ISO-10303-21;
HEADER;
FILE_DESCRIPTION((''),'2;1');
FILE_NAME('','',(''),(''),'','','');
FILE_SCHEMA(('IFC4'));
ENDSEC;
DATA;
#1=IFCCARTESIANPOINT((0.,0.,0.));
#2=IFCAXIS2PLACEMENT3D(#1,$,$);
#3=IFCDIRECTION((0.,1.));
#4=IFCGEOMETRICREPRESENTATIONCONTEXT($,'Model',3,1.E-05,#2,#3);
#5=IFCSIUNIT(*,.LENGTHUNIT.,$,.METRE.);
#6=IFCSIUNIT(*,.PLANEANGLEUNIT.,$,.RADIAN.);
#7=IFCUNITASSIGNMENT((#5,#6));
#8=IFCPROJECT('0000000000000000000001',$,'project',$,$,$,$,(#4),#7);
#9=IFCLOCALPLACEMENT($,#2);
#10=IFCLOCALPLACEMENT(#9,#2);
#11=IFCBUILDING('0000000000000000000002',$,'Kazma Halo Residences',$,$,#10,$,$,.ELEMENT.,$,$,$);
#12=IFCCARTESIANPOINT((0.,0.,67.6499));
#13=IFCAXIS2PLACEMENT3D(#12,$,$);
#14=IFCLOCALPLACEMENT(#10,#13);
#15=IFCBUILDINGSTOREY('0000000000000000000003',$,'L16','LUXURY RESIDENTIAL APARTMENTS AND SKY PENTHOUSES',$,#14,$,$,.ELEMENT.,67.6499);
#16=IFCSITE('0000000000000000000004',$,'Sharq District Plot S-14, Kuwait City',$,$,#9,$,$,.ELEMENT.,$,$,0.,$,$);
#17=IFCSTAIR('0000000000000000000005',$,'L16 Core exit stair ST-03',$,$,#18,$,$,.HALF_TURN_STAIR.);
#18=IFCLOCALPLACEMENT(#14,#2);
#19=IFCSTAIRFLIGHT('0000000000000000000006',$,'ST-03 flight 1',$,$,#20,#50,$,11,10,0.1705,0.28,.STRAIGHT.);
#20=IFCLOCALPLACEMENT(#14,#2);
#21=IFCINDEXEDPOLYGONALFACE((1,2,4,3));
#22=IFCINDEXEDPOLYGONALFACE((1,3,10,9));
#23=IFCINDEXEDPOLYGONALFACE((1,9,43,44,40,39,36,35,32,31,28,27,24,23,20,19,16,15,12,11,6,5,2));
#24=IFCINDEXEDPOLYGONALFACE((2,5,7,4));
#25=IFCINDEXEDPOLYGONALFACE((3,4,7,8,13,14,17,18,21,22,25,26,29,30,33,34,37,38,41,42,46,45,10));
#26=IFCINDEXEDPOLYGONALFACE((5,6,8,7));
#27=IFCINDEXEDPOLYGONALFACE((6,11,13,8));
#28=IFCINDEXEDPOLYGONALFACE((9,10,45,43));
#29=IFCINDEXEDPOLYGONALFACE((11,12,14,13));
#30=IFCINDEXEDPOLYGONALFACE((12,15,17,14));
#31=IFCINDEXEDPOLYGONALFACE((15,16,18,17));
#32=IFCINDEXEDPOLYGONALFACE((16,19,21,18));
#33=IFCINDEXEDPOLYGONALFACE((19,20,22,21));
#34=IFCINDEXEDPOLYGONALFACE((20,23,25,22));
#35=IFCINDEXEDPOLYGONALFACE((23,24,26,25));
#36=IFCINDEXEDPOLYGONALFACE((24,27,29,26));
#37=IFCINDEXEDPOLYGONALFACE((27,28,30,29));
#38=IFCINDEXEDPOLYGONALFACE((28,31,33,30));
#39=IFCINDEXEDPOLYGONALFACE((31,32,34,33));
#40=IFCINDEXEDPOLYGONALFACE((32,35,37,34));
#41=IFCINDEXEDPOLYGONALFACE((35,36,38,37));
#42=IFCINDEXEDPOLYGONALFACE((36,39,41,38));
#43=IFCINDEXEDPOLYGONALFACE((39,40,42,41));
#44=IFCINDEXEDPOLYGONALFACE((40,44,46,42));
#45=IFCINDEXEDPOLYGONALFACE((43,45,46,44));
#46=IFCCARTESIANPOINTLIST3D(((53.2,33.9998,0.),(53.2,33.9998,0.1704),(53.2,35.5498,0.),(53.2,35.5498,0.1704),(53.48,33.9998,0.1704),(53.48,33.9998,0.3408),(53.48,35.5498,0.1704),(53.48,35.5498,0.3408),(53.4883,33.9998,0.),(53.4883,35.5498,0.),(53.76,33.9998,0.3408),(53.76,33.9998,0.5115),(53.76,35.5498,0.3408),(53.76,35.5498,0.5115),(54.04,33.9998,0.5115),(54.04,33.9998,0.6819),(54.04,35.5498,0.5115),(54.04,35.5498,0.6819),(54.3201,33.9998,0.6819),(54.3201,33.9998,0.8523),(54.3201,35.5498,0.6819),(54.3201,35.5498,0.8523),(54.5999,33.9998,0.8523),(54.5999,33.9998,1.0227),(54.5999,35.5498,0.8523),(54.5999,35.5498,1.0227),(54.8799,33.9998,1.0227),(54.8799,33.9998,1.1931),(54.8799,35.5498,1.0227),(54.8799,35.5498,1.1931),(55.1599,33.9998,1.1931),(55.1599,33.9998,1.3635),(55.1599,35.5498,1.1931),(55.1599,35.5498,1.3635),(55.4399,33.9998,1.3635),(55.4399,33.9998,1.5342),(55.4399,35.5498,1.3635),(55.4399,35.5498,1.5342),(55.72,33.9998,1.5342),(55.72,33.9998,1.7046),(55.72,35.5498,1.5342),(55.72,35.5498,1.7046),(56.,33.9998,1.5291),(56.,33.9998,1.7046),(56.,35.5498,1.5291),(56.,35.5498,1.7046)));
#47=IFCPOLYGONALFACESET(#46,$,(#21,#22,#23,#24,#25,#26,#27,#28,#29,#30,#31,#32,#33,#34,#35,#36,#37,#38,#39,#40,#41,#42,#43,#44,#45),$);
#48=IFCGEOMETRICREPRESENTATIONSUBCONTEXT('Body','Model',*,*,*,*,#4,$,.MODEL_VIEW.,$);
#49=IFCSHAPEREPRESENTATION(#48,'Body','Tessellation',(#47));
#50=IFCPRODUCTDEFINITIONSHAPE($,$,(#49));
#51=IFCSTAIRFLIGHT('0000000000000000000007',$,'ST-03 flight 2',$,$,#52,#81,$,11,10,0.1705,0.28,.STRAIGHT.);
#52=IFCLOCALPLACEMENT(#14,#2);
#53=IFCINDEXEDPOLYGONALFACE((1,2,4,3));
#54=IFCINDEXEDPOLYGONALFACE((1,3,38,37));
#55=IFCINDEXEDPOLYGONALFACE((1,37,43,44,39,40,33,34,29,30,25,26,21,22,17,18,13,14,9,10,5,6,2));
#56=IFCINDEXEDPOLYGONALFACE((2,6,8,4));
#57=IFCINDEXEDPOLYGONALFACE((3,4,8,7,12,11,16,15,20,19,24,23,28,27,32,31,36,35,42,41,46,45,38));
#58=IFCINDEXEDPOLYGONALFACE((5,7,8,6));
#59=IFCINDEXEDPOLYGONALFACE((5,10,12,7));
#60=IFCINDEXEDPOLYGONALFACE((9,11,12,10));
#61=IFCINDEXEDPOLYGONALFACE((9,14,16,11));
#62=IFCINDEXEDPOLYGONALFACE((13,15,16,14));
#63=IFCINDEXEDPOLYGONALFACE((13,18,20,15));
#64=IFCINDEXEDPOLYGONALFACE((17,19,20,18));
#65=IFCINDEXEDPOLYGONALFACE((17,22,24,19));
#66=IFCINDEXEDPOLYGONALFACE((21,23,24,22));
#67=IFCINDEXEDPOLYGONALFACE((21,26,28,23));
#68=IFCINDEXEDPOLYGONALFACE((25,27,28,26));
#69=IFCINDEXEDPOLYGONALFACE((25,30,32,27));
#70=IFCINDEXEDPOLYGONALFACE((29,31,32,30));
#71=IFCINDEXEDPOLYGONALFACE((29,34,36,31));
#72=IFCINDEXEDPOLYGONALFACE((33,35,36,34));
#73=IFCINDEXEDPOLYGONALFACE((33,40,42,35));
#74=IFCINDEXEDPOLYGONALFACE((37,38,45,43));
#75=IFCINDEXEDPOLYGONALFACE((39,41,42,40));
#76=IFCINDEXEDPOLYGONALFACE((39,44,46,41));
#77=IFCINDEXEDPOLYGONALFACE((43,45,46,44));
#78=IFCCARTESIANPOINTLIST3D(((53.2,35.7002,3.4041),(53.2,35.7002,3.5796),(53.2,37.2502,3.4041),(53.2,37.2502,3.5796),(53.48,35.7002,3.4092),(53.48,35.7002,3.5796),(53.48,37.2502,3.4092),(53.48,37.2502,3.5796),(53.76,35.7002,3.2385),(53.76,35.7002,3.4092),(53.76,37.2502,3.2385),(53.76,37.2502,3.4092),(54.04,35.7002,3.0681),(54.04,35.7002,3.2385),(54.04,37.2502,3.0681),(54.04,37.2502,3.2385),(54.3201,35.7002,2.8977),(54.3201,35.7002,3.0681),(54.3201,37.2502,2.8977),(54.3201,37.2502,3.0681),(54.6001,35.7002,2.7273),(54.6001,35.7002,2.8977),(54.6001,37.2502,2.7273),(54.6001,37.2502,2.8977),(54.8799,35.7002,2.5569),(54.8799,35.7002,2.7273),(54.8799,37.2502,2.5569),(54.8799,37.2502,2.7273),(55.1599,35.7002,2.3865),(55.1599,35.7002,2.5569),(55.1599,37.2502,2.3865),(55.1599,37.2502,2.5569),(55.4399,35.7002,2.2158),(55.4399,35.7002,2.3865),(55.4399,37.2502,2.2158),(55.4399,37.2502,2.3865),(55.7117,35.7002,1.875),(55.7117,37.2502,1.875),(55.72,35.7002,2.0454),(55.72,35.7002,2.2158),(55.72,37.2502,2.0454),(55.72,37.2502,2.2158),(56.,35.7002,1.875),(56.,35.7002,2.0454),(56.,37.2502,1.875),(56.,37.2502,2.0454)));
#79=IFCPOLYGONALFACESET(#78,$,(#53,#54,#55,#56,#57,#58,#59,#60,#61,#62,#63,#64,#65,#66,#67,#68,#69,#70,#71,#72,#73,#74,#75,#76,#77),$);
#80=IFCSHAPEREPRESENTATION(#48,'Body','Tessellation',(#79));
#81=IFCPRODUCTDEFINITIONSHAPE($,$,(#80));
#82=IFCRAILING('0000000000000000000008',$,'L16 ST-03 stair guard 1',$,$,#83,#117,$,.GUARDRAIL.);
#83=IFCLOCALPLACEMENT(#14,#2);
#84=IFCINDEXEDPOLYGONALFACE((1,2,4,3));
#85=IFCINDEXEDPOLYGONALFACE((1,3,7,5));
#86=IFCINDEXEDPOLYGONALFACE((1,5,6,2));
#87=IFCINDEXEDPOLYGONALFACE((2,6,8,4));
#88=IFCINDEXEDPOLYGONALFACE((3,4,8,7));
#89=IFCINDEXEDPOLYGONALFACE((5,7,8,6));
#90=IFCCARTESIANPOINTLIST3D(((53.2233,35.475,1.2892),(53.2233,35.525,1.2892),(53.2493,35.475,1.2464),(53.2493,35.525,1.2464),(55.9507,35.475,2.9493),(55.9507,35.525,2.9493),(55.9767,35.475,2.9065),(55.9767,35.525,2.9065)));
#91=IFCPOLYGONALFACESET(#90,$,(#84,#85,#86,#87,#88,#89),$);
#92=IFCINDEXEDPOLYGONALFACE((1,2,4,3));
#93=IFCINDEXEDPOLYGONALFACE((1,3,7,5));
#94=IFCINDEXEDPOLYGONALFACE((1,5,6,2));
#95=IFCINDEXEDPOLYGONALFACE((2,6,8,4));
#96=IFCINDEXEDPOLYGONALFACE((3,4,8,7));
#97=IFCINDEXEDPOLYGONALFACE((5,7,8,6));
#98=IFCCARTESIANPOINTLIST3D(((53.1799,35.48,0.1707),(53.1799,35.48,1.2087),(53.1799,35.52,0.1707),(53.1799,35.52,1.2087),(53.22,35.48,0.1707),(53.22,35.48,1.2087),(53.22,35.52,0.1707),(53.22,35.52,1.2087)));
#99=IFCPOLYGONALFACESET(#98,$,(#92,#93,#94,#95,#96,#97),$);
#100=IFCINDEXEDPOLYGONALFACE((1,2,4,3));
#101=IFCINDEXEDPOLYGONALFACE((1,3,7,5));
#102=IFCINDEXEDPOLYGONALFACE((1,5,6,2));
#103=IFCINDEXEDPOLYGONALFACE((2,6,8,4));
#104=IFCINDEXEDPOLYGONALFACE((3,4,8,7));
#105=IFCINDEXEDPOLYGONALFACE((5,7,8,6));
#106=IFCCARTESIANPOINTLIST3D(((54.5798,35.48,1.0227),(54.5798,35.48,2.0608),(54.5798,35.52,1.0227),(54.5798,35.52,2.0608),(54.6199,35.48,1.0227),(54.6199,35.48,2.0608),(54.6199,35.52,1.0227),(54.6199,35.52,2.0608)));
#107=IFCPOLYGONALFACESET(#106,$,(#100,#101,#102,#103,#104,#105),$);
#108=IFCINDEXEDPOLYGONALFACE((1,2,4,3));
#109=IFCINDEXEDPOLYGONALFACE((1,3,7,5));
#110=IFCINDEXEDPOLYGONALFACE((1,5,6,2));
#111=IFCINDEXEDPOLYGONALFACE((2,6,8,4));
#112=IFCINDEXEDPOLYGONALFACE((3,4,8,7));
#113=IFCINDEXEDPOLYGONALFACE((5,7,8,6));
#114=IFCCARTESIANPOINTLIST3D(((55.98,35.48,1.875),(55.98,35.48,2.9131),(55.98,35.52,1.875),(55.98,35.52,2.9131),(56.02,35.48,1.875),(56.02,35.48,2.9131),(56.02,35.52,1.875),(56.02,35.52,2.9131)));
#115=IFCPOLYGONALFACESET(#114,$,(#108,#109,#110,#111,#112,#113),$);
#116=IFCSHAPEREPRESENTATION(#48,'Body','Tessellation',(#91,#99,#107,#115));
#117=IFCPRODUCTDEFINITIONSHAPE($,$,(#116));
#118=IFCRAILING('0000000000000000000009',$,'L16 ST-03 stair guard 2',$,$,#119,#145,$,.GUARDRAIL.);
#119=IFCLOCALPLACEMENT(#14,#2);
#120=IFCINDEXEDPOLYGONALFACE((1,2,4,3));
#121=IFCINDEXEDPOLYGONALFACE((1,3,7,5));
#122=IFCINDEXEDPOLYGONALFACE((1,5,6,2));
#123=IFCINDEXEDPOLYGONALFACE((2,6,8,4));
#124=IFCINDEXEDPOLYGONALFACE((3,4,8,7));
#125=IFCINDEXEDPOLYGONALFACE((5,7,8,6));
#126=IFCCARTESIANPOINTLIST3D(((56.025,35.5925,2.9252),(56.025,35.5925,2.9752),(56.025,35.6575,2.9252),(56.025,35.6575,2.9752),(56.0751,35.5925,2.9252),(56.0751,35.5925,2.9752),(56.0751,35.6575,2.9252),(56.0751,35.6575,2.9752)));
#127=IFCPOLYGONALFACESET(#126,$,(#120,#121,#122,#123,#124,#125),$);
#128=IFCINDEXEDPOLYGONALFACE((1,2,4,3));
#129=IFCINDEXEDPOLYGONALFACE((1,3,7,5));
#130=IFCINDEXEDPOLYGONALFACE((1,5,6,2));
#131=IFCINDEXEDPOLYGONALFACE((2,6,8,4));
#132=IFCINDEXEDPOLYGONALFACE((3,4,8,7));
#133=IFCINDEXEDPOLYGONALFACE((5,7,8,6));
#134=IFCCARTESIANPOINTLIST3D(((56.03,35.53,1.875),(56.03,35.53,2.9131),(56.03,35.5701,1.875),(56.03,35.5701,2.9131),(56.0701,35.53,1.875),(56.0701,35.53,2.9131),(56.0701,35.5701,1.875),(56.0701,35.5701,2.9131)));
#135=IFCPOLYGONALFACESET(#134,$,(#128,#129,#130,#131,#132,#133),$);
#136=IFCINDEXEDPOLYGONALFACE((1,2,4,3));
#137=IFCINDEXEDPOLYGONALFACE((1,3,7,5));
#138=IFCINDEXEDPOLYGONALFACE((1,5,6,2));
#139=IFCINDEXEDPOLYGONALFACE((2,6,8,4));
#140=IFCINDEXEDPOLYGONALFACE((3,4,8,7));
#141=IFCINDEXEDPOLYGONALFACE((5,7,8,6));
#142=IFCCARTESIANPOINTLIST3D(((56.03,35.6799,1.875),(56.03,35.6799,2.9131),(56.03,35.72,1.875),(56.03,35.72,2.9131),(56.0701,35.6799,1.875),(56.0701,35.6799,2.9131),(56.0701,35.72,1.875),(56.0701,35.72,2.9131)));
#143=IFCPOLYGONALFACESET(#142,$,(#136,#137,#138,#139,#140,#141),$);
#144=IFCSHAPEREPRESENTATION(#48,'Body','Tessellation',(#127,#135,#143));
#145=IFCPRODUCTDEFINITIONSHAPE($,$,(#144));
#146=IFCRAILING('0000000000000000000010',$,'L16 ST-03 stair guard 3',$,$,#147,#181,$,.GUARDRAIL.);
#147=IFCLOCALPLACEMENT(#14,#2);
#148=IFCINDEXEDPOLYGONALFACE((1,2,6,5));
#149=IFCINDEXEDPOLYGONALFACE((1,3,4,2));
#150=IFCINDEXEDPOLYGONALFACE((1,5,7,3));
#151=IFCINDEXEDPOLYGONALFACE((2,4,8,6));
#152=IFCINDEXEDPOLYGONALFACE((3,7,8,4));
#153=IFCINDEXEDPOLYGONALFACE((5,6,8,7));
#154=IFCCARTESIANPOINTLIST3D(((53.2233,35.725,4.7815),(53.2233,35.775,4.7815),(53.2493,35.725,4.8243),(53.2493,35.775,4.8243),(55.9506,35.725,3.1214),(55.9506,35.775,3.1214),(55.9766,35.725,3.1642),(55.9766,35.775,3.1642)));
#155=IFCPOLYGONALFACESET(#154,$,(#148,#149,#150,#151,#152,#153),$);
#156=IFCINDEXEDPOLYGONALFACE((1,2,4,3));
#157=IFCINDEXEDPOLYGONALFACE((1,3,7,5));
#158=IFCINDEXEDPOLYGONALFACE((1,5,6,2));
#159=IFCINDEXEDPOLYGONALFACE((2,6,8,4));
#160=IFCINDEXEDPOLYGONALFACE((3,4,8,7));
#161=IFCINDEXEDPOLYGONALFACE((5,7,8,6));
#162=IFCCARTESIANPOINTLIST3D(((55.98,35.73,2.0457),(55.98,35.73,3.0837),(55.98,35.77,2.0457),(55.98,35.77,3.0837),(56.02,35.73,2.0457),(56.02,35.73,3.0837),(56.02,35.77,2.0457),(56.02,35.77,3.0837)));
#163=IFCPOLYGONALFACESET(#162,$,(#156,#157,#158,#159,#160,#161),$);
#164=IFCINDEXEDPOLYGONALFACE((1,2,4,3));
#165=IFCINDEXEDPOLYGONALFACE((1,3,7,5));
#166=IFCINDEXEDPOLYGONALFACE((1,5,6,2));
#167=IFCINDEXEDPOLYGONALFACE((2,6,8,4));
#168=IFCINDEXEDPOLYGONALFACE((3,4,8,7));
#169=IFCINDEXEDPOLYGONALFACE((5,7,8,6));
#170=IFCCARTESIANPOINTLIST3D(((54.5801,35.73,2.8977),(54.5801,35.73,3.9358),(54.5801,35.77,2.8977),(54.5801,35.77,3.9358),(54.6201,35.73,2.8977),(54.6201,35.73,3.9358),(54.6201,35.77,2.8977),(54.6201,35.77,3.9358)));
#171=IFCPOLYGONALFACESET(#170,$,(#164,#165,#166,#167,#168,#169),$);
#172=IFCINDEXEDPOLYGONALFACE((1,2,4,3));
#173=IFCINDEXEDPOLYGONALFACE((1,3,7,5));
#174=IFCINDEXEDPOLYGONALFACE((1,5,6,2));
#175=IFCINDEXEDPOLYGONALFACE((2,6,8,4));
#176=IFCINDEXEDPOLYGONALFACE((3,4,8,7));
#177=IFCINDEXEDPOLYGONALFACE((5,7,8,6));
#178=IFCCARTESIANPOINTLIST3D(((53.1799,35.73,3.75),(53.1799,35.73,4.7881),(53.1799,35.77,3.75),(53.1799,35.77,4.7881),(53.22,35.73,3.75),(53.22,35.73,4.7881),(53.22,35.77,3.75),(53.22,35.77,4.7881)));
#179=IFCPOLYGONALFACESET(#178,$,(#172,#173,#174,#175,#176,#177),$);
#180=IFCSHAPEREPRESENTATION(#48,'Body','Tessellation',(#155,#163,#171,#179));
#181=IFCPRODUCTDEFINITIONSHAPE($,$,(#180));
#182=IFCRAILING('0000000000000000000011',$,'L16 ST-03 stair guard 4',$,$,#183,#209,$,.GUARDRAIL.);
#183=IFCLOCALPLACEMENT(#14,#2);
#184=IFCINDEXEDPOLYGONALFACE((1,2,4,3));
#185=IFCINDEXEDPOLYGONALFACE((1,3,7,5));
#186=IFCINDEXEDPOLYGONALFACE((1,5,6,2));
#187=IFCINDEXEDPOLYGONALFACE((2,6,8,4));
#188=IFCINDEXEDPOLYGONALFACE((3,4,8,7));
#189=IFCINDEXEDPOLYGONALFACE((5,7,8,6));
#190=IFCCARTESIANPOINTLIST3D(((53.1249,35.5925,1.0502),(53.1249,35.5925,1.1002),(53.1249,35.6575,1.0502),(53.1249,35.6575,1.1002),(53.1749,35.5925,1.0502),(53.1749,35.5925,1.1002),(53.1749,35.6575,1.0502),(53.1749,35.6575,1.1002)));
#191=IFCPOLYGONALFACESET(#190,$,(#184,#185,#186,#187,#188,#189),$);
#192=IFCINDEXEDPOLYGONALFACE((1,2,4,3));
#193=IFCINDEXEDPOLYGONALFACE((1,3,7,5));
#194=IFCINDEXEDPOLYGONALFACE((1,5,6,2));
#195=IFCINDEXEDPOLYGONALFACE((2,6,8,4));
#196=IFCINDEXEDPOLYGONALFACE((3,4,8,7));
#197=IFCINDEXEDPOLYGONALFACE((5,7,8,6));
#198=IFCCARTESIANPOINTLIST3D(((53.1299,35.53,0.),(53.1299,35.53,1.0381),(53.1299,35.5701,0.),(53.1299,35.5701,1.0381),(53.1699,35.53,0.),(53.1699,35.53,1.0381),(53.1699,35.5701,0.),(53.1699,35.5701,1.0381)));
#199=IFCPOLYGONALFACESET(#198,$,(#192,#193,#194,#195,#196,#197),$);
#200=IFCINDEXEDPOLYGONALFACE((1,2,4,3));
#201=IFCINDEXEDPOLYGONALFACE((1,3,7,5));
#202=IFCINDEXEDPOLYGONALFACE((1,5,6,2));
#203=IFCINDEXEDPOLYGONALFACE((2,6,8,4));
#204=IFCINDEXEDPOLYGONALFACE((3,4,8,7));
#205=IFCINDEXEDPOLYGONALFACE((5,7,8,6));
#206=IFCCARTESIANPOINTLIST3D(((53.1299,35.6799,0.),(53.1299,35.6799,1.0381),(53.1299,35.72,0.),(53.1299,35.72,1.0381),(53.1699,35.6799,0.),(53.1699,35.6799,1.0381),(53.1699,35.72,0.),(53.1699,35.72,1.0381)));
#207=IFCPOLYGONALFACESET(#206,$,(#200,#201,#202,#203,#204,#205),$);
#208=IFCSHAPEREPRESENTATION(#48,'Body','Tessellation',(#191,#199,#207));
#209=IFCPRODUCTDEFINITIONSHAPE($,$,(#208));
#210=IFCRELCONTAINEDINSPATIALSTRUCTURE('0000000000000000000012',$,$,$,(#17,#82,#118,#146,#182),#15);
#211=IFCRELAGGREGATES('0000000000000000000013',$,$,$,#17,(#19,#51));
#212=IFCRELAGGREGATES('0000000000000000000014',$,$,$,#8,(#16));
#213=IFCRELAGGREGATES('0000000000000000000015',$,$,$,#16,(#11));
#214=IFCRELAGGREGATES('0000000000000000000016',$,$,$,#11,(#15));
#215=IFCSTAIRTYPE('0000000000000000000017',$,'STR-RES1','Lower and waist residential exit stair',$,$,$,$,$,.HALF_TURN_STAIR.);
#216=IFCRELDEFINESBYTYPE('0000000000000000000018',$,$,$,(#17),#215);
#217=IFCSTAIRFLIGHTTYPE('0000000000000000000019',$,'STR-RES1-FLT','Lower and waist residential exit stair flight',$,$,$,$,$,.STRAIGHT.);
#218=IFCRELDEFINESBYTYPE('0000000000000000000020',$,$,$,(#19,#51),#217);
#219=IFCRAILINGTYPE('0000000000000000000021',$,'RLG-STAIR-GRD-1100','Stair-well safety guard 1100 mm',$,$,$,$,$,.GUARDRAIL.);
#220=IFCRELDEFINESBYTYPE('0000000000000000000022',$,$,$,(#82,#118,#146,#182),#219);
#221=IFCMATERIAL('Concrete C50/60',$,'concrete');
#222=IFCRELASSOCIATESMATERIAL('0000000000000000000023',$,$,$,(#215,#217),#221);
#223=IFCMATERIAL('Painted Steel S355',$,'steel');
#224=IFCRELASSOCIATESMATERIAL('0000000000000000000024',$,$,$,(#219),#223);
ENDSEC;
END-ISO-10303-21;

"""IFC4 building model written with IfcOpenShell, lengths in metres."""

from ifc_helpers import new_model, si_unit, direction, frame, origin, origin_2d, place, context, subcontext, project, spatial, polyline, rectangle, outline, extrude, material, type_object, element, aggregate, save


model = new_model("IFC4")

# Units and contexts
model_context = context("Model", 3, precision=1e-05, world=origin(), true_north=direction((0.0, 1.0)))
body_context = subcontext(model_context, "Body", "Model", "MODEL_VIEW")
ifc_project = project(units=[si_unit("LENGTHUNIT", "METRE"), si_unit("PLANEANGLEUNIT", "RADIAN")], contexts=[model_context])

# Site, building, storey
site_placement = place(None, origin())
site = spatial("IfcSite", under=ifc_project, at=site_placement, Name="Sharq District Plot S-14, Kuwait City", CompositionType="ELEMENT", RefElevation=0.0)
building_placement = place(site_placement, origin())
building = spatial("IfcBuilding", under=site, at=building_placement, Name="Kazma Halo Residences", CompositionType="ELEMENT")
storey_placement = place(building_placement, frame((0.0, 0.0, 67.6499)))
storey = spatial("IfcBuildingStorey", under=building, at=storey_placement, Name="L16", Description="LUXURY RESIDENTIAL APARTMENTS AND SKY PENTHOUSES", CompositionType="ELEMENT", Elevation=67.6499)

# Shared definitions
ifc_material_1 = material(Name="Concrete C50/60", Category="concrete")

# Stair, stair flights
stair_type = type_object("IfcStairType", Name="STR-RES1", Description="Lower and waist residential exit stair", PredefinedType="HALF_TURN_STAIR", material=ifc_material_1)
stair_placement = place(storey_placement, origin())
stair = element("IfcStair", 1, at=stair_placement, inside=storey, type_object=stair_type, Name="L16 Core exit stair ST-03", PredefinedType="HALF_TURN_STAIR")
stair_flight_type = type_object("IfcStairFlightType", Name="STR-RES1-FLT", Description="Lower and waist residential exit stair flight", PredefinedType="STRAIGHT", material=ifc_material_1)
stair_flight_1_placement = place(storey_placement, frame((53.2, 34.7749, 0.0), z_axis=(0.0, 0.0, 1.0), x_axis=(1.0, 0.0, 0.0)))
stair_flight_1 = element("IfcStairFlight", 2, at=stair_flight_1_placement, type_object=stair_flight_type, Name="ST-03 flight 1", NumberOfRisers=11, NumberOfTreads=10, PredefinedType="STRAIGHT", RiserHeight=0.1705, TreadLength=0.28, context=body_context, shape_type="SweptSolid", body=[
    extrude(outline(polyline([(0.0, 0.0), (0.0, 0.1704), (0.28, 0.1704), (0.28, 0.3408), (0.5601, 0.3408), (0.5601, 0.5115), (0.8401, 0.5115), (0.8401, 0.6819), (1.1201, 0.6819), (1.1201, 0.8523), (1.3999, 0.8523), (1.3999, 1.0227), (1.6799, 1.0227), (1.6799, 1.1931), (1.96, 1.1931), (1.96, 1.3635), (2.24, 1.3635), (2.24, 1.5342), (2.52, 1.5342), (2.52, 1.7046), (2.8, 1.7046), (2.8, 1.875), (2.8, 1.5291), (0.2883, 0.0), (0.0, 0.0)])), frame((0.0, 0.7749, 0.0), z_axis=(0.0, -1.0, 0.0), x_axis=(1.0, 0.0, 0.0)), (0.0, 0.0, 1.0), 1.55),
])
stair_flight_2_placement = place(storey_placement, frame((56.0, 36.4751, 1.875), z_axis=(0.0, 0.0, 1.0), x_axis=(-1.0, 0.0, 0.0)))
stair_flight_2 = element("IfcStairFlight", 3, at=stair_flight_2_placement, type_object=stair_flight_type, Name="ST-03 flight 2", NumberOfRisers=11, NumberOfTreads=10, PredefinedType="STRAIGHT", RiserHeight=0.1705, TreadLength=0.28, context=body_context, shape_type="SweptSolid", body=[
    extrude(outline(polyline([(0.0, 0.0), (0.0, 0.1704), (0.28, 0.1704), (0.28, 0.3408), (0.5601, 0.3408), (0.5601, 0.5115), (0.8401, 0.5115), (0.8401, 0.6819), (1.1201, 0.6819), (1.1201, 0.8523), (1.3999, 0.8523), (1.3999, 1.0227), (1.6799, 1.0227), (1.6799, 1.1931), (1.96, 1.1931), (1.96, 1.3635), (2.24, 1.3635), (2.24, 1.5342), (2.52, 1.5342), (2.52, 1.7046), (2.8, 1.7046), (2.8, 1.875), (2.8, 1.5291), (0.2883, 0.0), (0.0, 0.0)])), frame((0.0, 0.7749, 0.0), z_axis=(0.0, -1.0, 0.0), x_axis=(1.0, 0.0, 0.0)), (0.0, 0.0, 1.0), 1.55),
])
aggregate(stair, [stair_flight_1, stair_flight_2])

# Railings
ifc_material_2 = material(Name="Painted Steel S355", Category="steel")
railing_type_1 = type_object("IfcRailingType", Name="RLG-STAIR-GRD-1100", Description="Stair-well safety guard 1100 mm", PredefinedType="GUARDRAIL", material=ifc_material_2)
railing_1_placement = place(storey_placement, frame((53.2, 35.5, 0.1707)))
element("IfcRailing", 4, at=railing_1_placement, inside=storey, type_object=railing_type_1, Name="L16 ST-03 stair guard 1", PredefinedType="GUARDRAIL", context=body_context, shape_type="SweptSolid", body=[
    extrude(rectangle(XDim=0.05, YDim=0.05, at=origin_2d()), frame((0.0364, 0.0, 1.0972), z_axis=(0.854203, 0.0, 0.51994), x_axis=(0.0, 1.0, 0.0)), (0.0, 0.0, 1.0), 3.1929),
    extrude(rectangle(XDim=0.04, YDim=0.04, at=origin_2d()), origin(), (0.0, 0.0, 1.0), 1.0381),
    extrude(rectangle(XDim=0.04, YDim=0.04, at=origin_2d()), frame((1.3999, 0.0, 0.8521)), (0.0, 0.0, 1.0), 1.0381),
    extrude(rectangle(XDim=0.04, YDim=0.04, at=origin_2d()), frame((2.8, 0.0, 1.7043)), (0.0, 0.0, 1.0), 1.0381),
])
railing_2_placement = place(storey_placement, frame((56.05, 35.55, 1.875)))
element("IfcRailing", 5, at=railing_2_placement, inside=storey, type_object=railing_type_1, Name="L16 ST-03 stair guard 2", PredefinedType="GUARDRAIL", context=body_context, shape_type="SweptSolid", body=[
    extrude(rectangle(XDim=0.05, YDim=0.05, at=origin_2d()), frame((0.0, 0.0425, 1.0752), z_axis=(0.0, 1.0, 0.0), x_axis=(-1.0, 0.0, 0.0)), (0.0, 0.0, 1.0), 0.0649),
    extrude(rectangle(XDim=0.04, YDim=0.04, at=origin_2d()), origin(), (0.0, 0.0, 1.0), 1.0381),
    extrude(rectangle(XDim=0.04, YDim=0.04, at=origin_2d()), frame((0.0, 0.1499, 0.0)), (0.0, 0.0, 1.0), 1.0381),
])
railing_3_placement = place(storey_placement, frame((56.0, 35.75, 2.0457)))
element("IfcRailing", 6, at=railing_3_placement, inside=storey, type_object=railing_type_1, Name="L16 ST-03 stair guard 3", PredefinedType="GUARDRAIL", context=body_context, shape_type="SweptSolid", body=[
    extrude(rectangle(XDim=0.05, YDim=0.05, at=origin_2d()), frame((-0.0364, 0.0, 1.0972), z_axis=(-0.854203, 0.0, 0.51994), x_axis=(0.0, -1.0, 0.0)), (0.0, 0.0, 1.0), 3.1929),
    extrude(rectangle(XDim=0.04, YDim=0.04, at=origin_2d()), origin(), (0.0, 0.0, 1.0), 1.0381),
    extrude(rectangle(XDim=0.04, YDim=0.04, at=origin_2d()), frame((-1.3999, 0.0, 0.8521)), (0.0, 0.0, 1.0), 1.0381),
    extrude(rectangle(XDim=0.04, YDim=0.04, at=origin_2d()), frame((-2.8, 0.0, 1.7043)), (0.0, 0.0, 1.0), 1.0381),
])
railing_4_placement = place(storey_placement, frame((53.1499, 35.55, 0.0)))
element("IfcRailing", 7, at=railing_4_placement, inside=storey, type_object=railing_type_1, Name="L16 ST-03 stair guard 4", PredefinedType="GUARDRAIL", context=body_context, shape_type="SweptSolid", body=[
    extrude(rectangle(XDim=0.05, YDim=0.05, at=origin_2d()), frame((0.0, 0.0425, 1.0752), z_axis=(0.0, 1.0, 0.0), x_axis=(-1.0, 0.0, 0.0)), (0.0, 0.0, 1.0), 0.0649),
    extrude(rectangle(XDim=0.04, YDim=0.04, at=origin_2d()), origin(), (0.0, 0.0, 1.0), 1.0381),
    extrude(rectangle(XDim=0.04, YDim=0.04, at=origin_2d()), frame((0.0, 0.1499, 0.0)), (0.0, 0.0, 1.0), 1.0381),
])

save(model, "model.ifc")
